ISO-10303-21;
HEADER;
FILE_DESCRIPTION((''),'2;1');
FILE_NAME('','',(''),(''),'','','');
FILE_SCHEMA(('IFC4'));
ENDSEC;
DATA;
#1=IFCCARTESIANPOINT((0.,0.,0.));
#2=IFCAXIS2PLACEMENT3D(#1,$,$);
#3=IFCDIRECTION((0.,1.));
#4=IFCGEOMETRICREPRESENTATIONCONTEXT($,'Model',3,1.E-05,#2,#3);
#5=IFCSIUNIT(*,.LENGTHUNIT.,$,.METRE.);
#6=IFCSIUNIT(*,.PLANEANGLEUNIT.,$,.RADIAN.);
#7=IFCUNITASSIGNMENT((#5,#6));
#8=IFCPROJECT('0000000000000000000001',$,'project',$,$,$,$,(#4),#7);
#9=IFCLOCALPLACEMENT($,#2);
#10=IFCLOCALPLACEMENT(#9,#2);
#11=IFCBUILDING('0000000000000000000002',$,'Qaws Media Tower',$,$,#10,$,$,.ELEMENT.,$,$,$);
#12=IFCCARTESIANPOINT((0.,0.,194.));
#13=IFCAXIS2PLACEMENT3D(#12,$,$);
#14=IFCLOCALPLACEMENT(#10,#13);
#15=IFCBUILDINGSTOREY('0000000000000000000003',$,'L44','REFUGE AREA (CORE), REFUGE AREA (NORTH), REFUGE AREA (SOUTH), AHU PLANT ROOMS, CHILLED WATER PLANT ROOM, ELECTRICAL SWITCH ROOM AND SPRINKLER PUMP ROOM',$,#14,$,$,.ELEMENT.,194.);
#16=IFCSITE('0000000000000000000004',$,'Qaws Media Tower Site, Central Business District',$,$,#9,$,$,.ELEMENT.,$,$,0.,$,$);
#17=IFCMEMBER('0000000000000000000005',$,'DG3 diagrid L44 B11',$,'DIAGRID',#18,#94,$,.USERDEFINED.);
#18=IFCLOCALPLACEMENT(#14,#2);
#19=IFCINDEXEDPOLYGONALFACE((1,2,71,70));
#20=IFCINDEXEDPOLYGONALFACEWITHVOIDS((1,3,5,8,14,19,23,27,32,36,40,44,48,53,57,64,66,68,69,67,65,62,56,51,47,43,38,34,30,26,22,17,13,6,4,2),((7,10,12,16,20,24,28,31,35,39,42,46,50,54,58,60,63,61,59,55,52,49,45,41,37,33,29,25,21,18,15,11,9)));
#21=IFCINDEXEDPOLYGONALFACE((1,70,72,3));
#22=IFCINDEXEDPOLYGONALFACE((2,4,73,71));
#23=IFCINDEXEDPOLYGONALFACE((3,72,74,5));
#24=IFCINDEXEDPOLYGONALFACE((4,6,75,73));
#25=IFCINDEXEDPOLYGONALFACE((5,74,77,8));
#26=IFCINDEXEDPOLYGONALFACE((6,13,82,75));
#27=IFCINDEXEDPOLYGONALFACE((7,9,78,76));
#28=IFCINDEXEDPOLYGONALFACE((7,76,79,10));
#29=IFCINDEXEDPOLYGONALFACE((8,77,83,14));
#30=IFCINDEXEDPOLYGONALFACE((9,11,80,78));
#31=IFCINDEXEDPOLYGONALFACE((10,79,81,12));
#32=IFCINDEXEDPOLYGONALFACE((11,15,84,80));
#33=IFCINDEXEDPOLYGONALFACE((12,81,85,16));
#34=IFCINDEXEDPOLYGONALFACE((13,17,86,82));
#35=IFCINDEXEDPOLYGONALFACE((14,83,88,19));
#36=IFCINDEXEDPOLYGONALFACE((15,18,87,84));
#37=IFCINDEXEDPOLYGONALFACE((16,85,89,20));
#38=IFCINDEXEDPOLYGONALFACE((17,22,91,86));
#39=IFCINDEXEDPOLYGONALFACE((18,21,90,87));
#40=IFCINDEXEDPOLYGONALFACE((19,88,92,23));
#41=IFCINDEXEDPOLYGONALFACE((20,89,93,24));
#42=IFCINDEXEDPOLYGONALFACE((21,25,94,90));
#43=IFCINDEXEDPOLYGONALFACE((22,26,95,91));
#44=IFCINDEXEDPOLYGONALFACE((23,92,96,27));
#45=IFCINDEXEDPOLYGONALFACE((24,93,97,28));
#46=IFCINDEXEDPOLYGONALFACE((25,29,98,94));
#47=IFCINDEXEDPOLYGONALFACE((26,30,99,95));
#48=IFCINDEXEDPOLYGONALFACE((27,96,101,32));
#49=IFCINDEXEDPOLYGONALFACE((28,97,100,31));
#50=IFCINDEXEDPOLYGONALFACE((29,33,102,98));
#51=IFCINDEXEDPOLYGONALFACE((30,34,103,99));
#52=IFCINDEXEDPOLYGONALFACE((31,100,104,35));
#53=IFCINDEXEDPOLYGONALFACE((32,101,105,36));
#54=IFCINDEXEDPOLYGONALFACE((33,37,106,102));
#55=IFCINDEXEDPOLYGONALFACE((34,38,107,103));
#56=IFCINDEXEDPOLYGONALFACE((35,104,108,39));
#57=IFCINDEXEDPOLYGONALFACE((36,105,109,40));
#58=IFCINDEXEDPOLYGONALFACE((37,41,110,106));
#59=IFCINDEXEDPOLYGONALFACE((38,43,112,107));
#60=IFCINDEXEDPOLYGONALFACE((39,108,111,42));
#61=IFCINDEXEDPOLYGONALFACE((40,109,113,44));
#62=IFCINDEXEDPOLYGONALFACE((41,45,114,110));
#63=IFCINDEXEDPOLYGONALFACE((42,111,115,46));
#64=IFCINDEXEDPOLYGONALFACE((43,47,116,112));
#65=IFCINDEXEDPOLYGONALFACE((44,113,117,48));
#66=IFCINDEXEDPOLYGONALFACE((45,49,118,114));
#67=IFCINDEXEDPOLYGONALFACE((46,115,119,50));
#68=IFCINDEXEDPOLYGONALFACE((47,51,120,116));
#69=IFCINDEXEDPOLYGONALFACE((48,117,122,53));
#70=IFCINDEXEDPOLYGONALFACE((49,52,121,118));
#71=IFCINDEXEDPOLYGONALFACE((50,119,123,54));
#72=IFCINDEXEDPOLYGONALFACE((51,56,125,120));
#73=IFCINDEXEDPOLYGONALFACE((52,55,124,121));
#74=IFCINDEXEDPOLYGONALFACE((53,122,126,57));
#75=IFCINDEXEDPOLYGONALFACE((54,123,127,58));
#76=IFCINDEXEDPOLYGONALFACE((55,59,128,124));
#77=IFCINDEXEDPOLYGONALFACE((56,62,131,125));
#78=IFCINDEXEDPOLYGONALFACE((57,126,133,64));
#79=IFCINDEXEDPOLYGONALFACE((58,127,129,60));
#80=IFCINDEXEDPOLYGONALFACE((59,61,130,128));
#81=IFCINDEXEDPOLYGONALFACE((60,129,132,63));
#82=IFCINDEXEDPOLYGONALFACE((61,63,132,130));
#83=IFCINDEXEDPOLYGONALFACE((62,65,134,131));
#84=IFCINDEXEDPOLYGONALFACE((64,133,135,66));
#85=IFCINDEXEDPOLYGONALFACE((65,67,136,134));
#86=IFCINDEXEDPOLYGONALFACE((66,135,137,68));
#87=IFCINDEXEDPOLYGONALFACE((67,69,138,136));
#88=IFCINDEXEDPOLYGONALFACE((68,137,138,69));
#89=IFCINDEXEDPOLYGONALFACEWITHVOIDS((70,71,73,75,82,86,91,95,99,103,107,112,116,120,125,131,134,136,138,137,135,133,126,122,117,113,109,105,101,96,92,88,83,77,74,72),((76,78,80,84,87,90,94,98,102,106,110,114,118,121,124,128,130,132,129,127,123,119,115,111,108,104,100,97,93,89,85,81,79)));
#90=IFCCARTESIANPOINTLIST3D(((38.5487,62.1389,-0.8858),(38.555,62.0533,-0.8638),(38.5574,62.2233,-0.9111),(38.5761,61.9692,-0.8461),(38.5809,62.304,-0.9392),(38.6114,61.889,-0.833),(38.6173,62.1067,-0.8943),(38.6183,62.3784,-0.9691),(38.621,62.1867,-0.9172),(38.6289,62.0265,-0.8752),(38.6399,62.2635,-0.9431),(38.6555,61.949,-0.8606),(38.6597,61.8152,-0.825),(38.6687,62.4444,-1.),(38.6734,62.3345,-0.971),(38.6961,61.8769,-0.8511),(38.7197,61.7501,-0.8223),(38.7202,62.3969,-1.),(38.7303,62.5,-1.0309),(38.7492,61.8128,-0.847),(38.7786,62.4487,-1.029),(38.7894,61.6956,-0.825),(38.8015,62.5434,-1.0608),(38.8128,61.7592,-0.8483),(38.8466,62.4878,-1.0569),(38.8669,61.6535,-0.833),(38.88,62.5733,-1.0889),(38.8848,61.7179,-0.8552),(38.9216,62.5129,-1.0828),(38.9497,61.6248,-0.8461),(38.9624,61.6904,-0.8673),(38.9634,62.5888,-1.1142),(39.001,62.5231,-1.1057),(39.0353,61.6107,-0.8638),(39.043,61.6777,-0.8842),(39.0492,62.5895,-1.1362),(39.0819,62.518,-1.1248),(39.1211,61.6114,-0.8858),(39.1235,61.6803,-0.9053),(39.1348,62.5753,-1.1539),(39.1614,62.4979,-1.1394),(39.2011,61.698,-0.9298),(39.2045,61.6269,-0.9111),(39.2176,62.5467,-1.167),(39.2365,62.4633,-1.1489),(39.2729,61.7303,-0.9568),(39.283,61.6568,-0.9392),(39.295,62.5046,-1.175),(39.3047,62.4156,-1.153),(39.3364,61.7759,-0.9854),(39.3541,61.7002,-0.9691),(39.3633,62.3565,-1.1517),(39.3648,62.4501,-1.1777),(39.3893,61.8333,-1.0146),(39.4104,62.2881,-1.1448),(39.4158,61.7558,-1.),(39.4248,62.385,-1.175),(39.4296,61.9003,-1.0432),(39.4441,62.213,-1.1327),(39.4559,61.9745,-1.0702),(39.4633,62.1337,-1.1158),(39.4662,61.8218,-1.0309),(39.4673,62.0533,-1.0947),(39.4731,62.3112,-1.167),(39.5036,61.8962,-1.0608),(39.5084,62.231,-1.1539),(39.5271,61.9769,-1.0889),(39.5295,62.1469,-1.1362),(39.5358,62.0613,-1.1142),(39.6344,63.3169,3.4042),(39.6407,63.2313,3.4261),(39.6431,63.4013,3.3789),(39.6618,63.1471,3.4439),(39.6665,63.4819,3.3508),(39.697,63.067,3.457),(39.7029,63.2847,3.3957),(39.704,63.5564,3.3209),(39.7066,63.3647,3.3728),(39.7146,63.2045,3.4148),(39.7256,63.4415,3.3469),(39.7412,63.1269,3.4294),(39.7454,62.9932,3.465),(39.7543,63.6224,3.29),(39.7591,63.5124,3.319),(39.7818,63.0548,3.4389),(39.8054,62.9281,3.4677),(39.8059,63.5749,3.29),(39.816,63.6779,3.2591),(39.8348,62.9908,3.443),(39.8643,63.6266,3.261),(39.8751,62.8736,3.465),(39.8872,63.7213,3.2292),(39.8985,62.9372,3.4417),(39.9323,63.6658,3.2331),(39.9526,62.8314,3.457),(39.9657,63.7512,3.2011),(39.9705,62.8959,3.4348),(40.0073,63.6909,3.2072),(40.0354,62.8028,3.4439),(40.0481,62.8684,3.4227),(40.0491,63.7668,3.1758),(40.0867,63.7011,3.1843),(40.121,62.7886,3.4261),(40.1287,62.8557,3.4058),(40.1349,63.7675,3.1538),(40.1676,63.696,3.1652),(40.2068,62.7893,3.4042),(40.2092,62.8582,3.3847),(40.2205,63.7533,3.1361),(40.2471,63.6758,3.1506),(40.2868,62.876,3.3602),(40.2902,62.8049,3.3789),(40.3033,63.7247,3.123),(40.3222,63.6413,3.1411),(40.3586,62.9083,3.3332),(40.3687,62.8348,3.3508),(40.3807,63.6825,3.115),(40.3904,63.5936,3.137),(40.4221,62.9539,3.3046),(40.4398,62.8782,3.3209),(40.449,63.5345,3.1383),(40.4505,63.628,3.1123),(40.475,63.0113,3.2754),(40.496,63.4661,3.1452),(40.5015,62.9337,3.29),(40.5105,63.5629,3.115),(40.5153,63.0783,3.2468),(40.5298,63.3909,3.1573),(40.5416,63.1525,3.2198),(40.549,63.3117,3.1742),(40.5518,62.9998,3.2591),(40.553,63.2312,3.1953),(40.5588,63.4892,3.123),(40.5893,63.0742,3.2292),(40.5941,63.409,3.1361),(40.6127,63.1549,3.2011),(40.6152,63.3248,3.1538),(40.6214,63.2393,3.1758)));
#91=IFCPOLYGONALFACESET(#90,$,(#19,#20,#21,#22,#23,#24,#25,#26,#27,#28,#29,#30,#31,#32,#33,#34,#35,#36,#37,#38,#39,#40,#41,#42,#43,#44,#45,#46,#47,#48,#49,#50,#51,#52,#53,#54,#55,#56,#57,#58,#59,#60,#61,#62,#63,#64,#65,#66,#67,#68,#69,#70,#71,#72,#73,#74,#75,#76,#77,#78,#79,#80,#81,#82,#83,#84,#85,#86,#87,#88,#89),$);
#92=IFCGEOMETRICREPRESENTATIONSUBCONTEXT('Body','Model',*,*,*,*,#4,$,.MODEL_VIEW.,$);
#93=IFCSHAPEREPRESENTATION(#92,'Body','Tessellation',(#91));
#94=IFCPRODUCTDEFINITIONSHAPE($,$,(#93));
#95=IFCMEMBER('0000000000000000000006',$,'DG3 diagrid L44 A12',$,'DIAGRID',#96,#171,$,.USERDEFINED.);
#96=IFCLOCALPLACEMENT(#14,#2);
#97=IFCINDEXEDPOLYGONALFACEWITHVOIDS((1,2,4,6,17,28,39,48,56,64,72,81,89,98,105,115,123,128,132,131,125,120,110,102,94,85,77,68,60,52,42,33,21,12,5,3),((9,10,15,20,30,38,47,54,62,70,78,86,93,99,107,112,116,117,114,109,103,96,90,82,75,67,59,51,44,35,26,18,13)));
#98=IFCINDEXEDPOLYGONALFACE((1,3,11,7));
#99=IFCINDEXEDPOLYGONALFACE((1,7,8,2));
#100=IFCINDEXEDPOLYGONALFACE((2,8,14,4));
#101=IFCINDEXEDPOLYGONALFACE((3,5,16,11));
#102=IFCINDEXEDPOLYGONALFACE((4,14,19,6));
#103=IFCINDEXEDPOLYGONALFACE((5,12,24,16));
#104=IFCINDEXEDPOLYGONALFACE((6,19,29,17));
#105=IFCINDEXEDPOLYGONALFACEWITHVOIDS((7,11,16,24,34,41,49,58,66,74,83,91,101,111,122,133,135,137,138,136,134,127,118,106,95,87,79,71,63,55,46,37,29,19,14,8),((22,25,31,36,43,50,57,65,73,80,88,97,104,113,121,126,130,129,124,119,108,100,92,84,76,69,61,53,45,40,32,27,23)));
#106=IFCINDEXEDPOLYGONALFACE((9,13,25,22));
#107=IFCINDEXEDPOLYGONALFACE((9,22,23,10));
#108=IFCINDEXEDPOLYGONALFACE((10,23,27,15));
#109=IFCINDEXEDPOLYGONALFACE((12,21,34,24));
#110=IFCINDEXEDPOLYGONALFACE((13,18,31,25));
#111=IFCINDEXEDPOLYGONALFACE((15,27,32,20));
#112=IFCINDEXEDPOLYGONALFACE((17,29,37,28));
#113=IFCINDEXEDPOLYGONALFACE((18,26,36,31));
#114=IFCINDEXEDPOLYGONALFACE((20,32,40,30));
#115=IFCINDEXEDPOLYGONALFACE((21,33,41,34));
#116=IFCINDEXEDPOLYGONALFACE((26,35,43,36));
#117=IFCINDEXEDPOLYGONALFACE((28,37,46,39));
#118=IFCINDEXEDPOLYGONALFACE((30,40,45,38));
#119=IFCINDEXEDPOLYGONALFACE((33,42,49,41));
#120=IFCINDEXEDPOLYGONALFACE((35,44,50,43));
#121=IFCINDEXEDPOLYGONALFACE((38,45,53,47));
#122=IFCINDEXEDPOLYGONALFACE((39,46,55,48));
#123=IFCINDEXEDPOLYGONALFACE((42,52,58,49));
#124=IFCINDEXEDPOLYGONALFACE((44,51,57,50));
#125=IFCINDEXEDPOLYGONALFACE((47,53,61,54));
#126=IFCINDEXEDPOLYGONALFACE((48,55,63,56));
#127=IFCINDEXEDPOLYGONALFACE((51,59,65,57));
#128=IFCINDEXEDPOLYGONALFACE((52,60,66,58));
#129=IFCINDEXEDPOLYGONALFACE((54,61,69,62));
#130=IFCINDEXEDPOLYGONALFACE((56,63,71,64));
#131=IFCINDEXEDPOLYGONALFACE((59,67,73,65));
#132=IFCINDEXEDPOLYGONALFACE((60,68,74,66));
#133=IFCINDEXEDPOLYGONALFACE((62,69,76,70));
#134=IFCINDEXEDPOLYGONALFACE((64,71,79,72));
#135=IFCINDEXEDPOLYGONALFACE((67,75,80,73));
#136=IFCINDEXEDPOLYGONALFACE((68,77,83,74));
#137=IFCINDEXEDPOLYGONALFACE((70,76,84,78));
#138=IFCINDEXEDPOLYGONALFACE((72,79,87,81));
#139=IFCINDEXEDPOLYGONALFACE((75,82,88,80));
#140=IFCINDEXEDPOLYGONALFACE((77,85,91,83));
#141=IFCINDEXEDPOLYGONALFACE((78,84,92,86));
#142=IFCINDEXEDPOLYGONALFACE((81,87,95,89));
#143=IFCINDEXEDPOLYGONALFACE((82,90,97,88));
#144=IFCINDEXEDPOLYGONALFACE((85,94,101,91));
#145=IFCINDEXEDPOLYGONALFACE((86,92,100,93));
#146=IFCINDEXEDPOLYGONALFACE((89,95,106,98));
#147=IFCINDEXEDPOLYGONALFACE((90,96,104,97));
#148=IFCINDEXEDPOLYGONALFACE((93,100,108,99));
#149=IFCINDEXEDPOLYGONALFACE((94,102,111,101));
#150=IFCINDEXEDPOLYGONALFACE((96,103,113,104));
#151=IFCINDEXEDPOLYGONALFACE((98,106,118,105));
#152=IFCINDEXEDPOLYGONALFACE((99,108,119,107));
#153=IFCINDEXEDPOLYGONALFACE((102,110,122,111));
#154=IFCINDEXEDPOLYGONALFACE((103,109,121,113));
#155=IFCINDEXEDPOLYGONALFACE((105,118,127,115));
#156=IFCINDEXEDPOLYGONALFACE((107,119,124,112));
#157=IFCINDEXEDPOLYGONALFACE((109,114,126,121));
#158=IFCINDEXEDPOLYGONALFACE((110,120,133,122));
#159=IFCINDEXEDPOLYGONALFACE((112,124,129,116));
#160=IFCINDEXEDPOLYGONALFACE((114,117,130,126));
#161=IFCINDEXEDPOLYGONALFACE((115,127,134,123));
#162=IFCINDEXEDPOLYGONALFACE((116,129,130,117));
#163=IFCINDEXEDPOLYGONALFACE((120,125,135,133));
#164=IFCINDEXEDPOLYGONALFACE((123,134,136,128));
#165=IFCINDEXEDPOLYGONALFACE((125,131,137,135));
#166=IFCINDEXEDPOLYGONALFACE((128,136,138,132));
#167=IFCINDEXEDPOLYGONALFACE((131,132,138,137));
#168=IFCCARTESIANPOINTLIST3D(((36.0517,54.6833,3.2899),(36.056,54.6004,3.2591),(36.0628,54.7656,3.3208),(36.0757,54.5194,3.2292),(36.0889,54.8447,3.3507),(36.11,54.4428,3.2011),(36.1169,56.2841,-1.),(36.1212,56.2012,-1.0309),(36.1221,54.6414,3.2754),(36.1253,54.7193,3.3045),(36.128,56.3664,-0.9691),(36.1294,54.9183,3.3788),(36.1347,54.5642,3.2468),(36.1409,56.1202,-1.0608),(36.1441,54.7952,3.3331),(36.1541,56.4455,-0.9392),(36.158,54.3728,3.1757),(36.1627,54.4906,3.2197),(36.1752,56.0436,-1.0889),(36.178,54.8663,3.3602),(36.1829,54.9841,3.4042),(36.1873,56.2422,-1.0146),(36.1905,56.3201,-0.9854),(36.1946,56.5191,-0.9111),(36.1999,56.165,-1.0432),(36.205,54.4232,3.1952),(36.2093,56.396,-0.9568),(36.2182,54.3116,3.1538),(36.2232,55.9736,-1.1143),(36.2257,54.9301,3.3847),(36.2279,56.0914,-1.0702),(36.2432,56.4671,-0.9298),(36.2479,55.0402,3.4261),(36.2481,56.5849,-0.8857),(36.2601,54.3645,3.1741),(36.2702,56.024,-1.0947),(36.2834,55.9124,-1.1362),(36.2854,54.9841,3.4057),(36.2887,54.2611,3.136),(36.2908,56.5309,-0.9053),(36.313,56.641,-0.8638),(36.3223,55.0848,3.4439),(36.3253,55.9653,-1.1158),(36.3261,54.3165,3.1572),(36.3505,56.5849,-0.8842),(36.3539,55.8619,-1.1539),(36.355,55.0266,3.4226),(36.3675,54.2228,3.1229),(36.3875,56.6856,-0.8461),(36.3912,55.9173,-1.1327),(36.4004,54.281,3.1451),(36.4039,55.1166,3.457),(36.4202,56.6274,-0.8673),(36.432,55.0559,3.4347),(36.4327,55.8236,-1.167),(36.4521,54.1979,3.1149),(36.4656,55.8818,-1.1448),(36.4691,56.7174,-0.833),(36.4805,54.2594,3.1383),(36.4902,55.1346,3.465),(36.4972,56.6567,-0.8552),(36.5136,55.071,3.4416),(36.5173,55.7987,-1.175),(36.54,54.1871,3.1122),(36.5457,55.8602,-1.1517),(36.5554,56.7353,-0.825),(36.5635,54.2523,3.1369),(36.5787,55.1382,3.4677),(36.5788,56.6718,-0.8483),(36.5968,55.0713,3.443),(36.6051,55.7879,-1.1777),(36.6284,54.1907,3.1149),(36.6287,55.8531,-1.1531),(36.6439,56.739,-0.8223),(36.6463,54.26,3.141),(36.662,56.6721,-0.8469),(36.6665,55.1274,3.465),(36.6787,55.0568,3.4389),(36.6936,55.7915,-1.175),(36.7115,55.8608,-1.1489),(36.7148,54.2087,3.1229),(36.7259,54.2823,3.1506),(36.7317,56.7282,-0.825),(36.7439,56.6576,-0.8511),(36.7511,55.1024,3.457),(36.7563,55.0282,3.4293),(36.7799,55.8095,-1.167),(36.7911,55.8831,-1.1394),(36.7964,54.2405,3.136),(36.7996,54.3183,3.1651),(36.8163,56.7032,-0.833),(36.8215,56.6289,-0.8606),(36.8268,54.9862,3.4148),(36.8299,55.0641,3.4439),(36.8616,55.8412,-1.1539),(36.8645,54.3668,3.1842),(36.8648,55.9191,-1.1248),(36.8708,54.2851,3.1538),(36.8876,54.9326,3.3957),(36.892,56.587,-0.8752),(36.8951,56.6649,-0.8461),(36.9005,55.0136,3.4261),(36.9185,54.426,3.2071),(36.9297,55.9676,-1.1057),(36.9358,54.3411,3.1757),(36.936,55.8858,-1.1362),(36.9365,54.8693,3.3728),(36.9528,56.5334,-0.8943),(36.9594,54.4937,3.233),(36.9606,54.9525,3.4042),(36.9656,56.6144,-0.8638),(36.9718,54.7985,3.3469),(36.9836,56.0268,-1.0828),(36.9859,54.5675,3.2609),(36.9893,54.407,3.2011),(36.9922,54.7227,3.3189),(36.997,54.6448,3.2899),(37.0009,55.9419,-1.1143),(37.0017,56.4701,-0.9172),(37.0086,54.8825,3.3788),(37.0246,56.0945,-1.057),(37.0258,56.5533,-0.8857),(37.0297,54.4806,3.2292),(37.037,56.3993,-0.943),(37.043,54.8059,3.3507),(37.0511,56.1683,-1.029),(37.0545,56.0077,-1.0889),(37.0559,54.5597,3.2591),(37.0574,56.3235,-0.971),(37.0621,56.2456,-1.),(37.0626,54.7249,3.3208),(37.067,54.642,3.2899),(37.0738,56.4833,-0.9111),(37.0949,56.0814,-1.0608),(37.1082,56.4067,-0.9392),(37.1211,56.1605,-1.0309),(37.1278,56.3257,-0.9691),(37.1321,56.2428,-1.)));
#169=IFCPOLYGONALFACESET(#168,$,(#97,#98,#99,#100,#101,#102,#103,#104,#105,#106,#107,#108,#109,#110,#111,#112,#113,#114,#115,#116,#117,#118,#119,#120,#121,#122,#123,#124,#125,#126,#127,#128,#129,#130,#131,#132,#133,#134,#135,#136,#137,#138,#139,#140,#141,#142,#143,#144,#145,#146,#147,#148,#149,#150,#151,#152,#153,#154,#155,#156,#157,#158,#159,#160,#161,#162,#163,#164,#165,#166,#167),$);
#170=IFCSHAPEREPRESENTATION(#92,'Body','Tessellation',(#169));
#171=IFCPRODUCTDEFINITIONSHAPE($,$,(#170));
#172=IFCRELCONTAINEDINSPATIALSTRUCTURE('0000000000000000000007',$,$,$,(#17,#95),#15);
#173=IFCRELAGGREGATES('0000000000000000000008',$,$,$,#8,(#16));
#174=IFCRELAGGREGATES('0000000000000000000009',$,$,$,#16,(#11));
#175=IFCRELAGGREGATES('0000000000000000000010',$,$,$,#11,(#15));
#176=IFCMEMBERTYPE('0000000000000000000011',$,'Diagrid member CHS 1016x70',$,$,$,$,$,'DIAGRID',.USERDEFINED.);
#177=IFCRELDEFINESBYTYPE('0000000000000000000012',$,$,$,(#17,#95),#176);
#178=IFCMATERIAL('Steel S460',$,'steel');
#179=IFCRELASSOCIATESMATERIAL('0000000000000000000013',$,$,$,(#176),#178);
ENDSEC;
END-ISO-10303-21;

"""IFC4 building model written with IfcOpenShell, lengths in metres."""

from ifc_helpers import new_model, si_unit, direction, frame, origin, origin_2d, place, context, subcontext, project, spatial, hollow_circle, extrude, material, material_profile, profile_set, type_object, element, save


model = new_model("IFC4")

# Units and contexts
model_context = context("Model", 3, precision=1e-05, world=origin(), true_north=direction((0.0, 1.0)))
body_context = subcontext(model_context, "Body", "Model", "MODEL_VIEW")
ifc_project = project(units=[si_unit("LENGTHUNIT", "METRE"), si_unit("PLANEANGLEUNIT", "RADIAN")], contexts=[model_context])

# Site, building, storey
site_placement = place(None, origin())
site = spatial("IfcSite", under=ifc_project, at=site_placement, Name="Qaws Media Tower Site, Central Business District", CompositionType="ELEMENT", RefElevation=0.0)
building_placement = place(site_placement, origin())
building = spatial("IfcBuilding", under=site, at=building_placement, Name="Qaws Media Tower", CompositionType="ELEMENT")
storey_placement = place(building_placement, frame((0.0, 0.0, 194.0)))
storey = spatial("IfcBuildingStorey", under=building, at=storey_placement, Name="L44", Description="REFUGE AREA (CORE), REFUGE AREA (NORTH), REFUGE AREA (SOUTH), AHU PLANT ROOMS, CHILLED WATER PLANT ROOM, ELECTRICAL SWITCH ROOM AND SPRINKLER PUMP ROOM", CompositionType="ELEMENT", Elevation=194.0)

# Members
ifc_material_1 = material(Name="Steel S460", Category="steel")
ifc_material_profile_1 = material_profile(ifc_material_1, hollow_circle(Radius=0.5081, WallThickness=0.0701, at=origin_2d()), Name="CHS 1016x70")
ifc_profile_set_1 = profile_set([ifc_material_profile_1], Name="Steel S460")
member_type = type_object("IfcMemberType", Name="Diagrid member CHS 1016x70", ElementType="DIAGRID", PredefinedType="USERDEFINED", material=ifc_profile_set_1)
for number, where, z_axis, x_axis, name in (
    (1, (39.0422, 62.1001, -1.0), (0.237083, 0.257235, 0.936815), (-0.735323, 0.677717, 0.0), "DG3 diagrid L44 B11"),
    (2, (36.6245, 56.2634, -1.0), (-0.014234, -0.349568, 0.936803), (0.999172, -0.040686, 0.0), "DG3 diagrid L44 A12"),
):
    element("IfcMember", number, at=place(storey_placement, frame(where, z_axis=z_axis, x_axis=x_axis)), inside=storey, type_object=member_type, Name=name, ObjectType="DIAGRID", PredefinedType="USERDEFINED", context=body_context, shape_type="SweptSolid", body=[
        extrude(hollow_circle(Radius=0.5081, WallThickness=0.0701, at=origin_2d()), origin(), (0.0, 0.0, 1.0), 4.5793),
    ])

save(model, "model.ifc")
